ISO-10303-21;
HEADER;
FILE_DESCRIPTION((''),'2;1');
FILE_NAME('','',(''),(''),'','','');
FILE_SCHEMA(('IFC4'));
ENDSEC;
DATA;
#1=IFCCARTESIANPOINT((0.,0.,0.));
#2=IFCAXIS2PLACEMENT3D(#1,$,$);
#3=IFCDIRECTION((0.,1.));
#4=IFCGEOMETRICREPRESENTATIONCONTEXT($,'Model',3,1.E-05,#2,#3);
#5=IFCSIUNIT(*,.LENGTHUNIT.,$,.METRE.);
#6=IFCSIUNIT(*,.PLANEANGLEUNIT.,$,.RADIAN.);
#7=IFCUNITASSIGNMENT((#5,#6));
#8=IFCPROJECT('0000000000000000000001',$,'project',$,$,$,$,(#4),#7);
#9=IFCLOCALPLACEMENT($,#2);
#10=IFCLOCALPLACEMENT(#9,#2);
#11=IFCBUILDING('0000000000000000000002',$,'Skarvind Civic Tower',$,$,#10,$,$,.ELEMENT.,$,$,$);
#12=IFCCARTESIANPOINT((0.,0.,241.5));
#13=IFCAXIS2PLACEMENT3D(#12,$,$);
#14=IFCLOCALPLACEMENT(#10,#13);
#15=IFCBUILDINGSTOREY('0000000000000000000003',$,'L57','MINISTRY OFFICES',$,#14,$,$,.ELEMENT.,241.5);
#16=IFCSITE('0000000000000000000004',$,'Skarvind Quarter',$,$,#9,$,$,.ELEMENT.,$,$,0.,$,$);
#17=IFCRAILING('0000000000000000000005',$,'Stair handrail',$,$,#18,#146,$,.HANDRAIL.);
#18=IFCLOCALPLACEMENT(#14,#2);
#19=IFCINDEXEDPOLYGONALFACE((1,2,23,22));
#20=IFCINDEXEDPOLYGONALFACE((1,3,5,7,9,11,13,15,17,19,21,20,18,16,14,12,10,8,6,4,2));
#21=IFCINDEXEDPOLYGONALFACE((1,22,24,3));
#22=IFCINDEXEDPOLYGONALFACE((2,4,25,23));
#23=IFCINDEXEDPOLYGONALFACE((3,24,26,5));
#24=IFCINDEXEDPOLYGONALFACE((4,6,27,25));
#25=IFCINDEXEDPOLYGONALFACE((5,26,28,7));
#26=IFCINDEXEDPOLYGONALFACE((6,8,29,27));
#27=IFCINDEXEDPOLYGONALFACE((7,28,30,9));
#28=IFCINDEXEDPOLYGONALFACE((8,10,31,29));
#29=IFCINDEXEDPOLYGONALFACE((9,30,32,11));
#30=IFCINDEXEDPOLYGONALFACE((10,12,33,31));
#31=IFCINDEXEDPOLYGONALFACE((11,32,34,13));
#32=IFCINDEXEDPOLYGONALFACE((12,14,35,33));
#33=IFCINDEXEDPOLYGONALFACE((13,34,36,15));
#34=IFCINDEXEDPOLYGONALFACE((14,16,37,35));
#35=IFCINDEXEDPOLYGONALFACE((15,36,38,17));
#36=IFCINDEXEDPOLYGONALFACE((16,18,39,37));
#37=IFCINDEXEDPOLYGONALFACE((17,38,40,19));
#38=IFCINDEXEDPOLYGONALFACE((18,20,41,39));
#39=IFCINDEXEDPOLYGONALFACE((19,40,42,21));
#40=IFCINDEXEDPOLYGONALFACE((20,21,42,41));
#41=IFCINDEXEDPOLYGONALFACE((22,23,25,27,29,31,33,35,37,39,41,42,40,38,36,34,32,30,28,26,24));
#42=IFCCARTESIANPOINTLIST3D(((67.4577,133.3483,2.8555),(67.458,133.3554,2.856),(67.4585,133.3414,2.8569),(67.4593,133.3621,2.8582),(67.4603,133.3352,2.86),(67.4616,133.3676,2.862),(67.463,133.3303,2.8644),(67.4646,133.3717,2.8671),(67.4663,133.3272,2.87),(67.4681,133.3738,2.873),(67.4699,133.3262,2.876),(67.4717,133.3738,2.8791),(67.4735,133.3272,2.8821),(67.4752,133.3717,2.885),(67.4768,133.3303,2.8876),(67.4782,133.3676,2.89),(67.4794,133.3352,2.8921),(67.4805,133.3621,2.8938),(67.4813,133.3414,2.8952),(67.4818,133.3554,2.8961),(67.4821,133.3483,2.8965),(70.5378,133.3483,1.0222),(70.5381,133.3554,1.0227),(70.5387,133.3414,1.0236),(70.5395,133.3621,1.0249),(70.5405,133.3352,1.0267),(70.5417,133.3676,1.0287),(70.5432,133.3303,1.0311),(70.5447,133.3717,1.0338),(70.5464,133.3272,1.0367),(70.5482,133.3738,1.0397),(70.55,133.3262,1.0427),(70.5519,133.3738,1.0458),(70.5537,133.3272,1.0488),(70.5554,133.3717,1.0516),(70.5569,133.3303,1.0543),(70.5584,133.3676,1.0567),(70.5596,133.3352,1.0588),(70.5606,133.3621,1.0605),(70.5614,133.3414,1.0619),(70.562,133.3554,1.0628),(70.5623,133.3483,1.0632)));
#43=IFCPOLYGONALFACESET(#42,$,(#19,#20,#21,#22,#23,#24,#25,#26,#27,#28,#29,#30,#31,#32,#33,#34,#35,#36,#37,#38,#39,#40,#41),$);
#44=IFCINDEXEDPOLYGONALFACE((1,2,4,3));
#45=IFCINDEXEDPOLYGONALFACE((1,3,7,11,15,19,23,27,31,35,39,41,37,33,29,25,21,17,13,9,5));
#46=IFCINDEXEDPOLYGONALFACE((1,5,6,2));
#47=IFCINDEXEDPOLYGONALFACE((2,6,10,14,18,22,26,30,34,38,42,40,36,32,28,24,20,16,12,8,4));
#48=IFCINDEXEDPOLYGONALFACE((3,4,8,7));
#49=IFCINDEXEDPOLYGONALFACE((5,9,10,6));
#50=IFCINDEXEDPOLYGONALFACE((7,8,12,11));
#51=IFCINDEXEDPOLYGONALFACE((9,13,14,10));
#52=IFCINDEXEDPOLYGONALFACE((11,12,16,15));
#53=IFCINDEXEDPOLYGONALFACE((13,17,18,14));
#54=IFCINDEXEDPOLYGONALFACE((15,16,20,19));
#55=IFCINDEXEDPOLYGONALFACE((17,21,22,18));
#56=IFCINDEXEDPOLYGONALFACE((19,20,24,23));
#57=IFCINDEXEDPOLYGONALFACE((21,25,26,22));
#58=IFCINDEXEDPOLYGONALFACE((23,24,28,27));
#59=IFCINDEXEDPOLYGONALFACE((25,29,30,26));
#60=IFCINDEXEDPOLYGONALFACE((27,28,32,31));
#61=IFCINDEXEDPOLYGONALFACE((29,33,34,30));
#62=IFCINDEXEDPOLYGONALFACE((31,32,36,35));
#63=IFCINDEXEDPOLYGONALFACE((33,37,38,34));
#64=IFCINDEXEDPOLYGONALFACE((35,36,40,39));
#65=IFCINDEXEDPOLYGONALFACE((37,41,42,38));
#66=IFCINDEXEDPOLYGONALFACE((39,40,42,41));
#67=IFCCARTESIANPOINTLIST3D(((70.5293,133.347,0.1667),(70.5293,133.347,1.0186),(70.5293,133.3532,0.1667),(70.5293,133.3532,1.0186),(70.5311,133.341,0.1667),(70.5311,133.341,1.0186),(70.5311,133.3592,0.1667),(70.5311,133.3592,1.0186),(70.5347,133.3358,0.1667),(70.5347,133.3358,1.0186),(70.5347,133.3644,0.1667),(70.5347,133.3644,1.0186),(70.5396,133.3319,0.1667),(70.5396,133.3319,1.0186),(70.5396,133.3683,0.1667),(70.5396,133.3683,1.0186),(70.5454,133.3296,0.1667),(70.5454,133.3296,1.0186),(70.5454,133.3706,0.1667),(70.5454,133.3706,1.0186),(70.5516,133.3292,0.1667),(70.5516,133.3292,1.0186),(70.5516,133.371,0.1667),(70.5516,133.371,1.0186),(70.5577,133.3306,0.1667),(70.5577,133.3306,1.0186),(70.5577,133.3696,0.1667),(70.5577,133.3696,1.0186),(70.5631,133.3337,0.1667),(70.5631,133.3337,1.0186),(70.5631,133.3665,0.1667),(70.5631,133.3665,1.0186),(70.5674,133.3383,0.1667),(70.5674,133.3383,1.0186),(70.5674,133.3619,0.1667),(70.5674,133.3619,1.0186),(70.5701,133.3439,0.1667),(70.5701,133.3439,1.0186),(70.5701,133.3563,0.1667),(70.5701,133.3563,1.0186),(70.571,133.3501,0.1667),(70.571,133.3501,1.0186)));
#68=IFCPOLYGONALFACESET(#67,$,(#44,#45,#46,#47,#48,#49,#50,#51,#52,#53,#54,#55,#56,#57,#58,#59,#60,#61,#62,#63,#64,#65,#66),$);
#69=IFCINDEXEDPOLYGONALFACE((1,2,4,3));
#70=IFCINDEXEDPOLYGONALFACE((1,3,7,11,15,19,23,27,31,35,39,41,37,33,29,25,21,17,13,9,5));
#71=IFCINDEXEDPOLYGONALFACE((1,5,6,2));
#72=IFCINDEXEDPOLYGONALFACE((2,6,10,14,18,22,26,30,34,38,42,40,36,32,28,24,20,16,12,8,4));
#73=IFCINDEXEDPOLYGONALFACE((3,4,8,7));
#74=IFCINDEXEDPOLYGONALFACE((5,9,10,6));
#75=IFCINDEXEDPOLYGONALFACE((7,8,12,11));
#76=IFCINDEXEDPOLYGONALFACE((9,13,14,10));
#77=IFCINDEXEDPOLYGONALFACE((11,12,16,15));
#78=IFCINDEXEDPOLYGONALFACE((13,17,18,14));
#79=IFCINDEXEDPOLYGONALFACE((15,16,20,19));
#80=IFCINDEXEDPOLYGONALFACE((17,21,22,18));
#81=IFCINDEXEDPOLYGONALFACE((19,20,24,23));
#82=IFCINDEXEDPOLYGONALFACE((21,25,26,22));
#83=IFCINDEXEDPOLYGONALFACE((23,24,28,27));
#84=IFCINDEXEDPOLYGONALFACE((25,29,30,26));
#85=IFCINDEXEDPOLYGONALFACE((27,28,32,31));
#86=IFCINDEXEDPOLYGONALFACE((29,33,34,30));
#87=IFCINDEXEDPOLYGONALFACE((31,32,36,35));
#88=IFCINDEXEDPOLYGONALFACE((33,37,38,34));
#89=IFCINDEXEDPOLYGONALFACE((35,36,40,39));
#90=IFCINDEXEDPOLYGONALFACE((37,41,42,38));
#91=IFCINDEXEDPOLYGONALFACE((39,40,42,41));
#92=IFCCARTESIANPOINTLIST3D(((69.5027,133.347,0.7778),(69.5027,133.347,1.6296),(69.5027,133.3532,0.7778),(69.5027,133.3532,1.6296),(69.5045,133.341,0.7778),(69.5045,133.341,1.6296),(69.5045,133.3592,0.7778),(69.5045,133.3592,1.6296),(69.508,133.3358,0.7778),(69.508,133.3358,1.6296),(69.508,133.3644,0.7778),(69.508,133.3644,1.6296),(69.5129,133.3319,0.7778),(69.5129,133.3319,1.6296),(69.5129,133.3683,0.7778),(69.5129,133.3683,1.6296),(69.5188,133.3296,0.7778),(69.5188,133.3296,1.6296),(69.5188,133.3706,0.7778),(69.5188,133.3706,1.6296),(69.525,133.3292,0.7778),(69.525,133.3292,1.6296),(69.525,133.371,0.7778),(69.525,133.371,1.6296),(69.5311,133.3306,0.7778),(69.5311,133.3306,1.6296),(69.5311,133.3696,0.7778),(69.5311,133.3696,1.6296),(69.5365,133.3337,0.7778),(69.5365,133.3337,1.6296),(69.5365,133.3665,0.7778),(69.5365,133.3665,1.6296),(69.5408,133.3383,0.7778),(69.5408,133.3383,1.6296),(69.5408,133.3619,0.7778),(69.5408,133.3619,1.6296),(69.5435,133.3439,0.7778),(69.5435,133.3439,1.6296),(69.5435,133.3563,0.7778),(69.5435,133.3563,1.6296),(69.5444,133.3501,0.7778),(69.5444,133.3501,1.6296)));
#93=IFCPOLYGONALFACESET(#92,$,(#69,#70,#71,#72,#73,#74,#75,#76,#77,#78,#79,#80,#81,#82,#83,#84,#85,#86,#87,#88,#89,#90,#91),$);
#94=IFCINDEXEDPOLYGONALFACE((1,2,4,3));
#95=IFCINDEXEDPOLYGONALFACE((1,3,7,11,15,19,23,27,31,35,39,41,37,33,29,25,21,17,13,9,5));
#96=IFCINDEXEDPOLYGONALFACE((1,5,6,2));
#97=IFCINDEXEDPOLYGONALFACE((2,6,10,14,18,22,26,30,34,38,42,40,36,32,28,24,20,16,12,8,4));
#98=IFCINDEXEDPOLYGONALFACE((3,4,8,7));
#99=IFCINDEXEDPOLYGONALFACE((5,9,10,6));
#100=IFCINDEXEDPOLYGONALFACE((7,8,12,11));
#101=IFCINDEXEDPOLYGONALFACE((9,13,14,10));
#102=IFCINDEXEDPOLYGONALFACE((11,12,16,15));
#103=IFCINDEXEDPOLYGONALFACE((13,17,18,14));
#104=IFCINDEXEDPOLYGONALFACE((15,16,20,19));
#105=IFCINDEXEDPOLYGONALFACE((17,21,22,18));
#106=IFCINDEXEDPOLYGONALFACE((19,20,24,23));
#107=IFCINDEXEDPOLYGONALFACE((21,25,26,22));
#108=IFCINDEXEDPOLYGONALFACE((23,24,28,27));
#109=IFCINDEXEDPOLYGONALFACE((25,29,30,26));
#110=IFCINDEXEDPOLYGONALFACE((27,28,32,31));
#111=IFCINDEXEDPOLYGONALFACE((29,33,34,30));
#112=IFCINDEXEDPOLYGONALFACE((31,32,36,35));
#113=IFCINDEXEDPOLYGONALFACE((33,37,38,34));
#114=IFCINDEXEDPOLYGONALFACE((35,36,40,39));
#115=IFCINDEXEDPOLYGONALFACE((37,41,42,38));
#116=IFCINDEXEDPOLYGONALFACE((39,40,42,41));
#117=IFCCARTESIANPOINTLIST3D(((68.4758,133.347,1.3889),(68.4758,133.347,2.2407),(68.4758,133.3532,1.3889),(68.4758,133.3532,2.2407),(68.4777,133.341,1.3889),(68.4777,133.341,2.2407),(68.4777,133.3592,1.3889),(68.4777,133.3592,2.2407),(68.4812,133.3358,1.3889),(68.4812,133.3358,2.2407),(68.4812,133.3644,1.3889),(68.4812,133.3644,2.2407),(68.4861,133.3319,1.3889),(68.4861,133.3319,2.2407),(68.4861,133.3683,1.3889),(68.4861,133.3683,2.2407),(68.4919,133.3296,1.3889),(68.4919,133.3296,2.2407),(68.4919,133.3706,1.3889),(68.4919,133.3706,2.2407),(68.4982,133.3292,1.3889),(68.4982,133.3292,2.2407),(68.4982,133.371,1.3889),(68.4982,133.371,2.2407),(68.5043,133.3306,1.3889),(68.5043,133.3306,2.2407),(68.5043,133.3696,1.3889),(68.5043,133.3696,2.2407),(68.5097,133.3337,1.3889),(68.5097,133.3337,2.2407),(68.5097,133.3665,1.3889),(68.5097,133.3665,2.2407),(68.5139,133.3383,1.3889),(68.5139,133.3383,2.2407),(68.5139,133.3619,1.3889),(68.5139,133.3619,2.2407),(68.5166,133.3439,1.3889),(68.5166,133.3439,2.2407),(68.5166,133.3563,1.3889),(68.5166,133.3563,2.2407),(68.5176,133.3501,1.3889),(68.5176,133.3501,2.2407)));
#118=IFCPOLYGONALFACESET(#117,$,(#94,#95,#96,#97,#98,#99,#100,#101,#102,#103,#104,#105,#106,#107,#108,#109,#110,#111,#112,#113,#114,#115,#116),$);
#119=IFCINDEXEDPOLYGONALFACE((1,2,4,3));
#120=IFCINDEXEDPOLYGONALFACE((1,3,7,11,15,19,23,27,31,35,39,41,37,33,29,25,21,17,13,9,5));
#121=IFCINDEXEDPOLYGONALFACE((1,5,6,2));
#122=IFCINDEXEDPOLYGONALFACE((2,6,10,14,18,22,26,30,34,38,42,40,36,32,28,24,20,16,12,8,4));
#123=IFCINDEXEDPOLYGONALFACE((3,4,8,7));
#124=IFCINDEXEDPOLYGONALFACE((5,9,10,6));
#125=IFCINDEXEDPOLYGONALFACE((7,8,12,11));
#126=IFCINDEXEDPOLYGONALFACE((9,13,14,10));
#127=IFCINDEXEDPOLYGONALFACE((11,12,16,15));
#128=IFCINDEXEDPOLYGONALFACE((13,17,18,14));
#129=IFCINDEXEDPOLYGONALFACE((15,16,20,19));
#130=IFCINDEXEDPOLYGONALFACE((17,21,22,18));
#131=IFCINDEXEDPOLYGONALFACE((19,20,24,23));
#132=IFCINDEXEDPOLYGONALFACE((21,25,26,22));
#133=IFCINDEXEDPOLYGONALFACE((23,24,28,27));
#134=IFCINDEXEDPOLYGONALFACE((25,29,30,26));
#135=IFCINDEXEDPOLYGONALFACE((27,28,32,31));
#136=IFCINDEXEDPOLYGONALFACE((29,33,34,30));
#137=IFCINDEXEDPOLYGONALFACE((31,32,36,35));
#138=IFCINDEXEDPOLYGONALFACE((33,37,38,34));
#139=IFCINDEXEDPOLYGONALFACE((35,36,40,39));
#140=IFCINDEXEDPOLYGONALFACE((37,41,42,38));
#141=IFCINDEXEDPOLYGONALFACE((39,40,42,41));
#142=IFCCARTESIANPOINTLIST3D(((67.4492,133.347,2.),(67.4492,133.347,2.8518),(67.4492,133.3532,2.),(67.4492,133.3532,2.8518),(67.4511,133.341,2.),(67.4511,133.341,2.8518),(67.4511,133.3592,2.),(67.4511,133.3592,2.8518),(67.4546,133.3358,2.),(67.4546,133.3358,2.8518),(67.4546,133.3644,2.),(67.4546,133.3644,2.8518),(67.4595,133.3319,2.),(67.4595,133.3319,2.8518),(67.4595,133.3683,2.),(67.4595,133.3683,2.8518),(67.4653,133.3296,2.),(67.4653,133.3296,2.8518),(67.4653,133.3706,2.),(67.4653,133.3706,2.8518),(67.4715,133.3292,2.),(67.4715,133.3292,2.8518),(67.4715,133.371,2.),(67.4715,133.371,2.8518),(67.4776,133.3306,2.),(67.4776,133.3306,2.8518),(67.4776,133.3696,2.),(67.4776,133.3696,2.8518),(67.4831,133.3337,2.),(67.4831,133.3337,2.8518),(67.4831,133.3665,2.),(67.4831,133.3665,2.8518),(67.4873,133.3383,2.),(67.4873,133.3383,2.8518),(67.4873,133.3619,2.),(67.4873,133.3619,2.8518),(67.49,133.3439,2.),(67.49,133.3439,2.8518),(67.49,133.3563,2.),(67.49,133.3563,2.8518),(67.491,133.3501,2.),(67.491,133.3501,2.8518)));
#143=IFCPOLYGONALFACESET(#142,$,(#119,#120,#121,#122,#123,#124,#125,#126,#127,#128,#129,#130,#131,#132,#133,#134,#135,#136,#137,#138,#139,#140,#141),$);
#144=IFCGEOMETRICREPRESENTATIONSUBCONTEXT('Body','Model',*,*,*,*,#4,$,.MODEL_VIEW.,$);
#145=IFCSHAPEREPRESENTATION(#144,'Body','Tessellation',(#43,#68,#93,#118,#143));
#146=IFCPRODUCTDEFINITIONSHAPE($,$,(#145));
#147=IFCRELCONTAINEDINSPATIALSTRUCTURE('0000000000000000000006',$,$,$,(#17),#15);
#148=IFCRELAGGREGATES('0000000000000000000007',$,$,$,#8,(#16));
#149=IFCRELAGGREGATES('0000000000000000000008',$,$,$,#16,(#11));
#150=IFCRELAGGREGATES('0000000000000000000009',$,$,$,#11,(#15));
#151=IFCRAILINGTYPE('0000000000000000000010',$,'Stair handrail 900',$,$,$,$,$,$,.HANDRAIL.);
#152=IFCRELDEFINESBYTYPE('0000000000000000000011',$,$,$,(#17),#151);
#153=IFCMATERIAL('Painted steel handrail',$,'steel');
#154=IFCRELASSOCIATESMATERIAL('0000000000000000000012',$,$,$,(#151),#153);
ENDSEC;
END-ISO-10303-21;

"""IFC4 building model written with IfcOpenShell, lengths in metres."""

from ifc_helpers import new_model, si_unit, direction, frame, origin, origin_2d, place, context, subcontext, project, spatial, circle, extrude, material, type_object, element, save


model = new_model("IFC4")

# Units and contexts
model_context = context("Model", 3, precision=1e-05, world=origin(), true_north=direction((0.0, 1.0)))
body_context = subcontext(model_context, "Body", "Model", "MODEL_VIEW")
ifc_project = project(units=[si_unit("LENGTHUNIT", "METRE"), si_unit("PLANEANGLEUNIT", "RADIAN")], contexts=[model_context])

# Site, building, storey
site_placement = place(None, origin())
site = spatial("IfcSite", under=ifc_project, at=site_placement, Name="Skarvind Quarter", CompositionType="ELEMENT", RefElevation=0.0)
building_placement = place(site_placement, origin())
building = spatial("IfcBuilding", under=site, at=building_placement, Name="Skarvind Civic Tower", CompositionType="ELEMENT")
storey_placement = place(building_placement, frame((0.0, 0.0, 241.5)))
storey = spatial("IfcBuildingStorey", under=building, at=storey_placement, Name="L57", Description="MINISTRY OFFICES", CompositionType="ELEMENT", Elevation=241.5)

# Railing
ifc_material_1 = material(Name="Painted steel handrail", Category="steel")
railing_type = type_object("IfcRailingType", Name="Stair handrail 900", PredefinedType="HANDRAIL", material=ifc_material_1)
railing_1_placement = place(storey_placement, frame((70.55, 133.3501, 0.1667)))
element("IfcRailing", 1, at=railing_1_placement, inside=storey, type_object=railing_type, Name="Stair handrail", PredefinedType="HANDRAIL", context=body_context, shape_type="SweptSolid", body=[
    extrude(circle(Radius=0.0239, at=origin_2d()), frame((0.0, 0.0, 0.876), z_axis=(-0.859309, 0.0, 0.511458), x_axis=(0.0, -1.0, 0.0)), (0.0, 0.0, 1.0), 3.5845),
    extrude(circle(Radius=0.021, at=origin_2d()), origin(), (0.0, 0.0, 1.0), 0.8518),
    extrude(circle(Radius=0.021, at=origin_2d()), frame((-1.0266, 0.0, 0.6111)), (0.0, 0.0, 1.0), 0.8518),
    extrude(circle(Radius=0.021, at=origin_2d()), frame((-2.0535, 0.0, 1.2222)), (0.0, 0.0, 1.0), 0.8518),
    extrude(circle(Radius=0.021, at=origin_2d()), frame((-3.0801, 0.0, 1.8333)), (0.0, 0.0, 1.0), 0.8518),
])

save(model, "model.ifc")
